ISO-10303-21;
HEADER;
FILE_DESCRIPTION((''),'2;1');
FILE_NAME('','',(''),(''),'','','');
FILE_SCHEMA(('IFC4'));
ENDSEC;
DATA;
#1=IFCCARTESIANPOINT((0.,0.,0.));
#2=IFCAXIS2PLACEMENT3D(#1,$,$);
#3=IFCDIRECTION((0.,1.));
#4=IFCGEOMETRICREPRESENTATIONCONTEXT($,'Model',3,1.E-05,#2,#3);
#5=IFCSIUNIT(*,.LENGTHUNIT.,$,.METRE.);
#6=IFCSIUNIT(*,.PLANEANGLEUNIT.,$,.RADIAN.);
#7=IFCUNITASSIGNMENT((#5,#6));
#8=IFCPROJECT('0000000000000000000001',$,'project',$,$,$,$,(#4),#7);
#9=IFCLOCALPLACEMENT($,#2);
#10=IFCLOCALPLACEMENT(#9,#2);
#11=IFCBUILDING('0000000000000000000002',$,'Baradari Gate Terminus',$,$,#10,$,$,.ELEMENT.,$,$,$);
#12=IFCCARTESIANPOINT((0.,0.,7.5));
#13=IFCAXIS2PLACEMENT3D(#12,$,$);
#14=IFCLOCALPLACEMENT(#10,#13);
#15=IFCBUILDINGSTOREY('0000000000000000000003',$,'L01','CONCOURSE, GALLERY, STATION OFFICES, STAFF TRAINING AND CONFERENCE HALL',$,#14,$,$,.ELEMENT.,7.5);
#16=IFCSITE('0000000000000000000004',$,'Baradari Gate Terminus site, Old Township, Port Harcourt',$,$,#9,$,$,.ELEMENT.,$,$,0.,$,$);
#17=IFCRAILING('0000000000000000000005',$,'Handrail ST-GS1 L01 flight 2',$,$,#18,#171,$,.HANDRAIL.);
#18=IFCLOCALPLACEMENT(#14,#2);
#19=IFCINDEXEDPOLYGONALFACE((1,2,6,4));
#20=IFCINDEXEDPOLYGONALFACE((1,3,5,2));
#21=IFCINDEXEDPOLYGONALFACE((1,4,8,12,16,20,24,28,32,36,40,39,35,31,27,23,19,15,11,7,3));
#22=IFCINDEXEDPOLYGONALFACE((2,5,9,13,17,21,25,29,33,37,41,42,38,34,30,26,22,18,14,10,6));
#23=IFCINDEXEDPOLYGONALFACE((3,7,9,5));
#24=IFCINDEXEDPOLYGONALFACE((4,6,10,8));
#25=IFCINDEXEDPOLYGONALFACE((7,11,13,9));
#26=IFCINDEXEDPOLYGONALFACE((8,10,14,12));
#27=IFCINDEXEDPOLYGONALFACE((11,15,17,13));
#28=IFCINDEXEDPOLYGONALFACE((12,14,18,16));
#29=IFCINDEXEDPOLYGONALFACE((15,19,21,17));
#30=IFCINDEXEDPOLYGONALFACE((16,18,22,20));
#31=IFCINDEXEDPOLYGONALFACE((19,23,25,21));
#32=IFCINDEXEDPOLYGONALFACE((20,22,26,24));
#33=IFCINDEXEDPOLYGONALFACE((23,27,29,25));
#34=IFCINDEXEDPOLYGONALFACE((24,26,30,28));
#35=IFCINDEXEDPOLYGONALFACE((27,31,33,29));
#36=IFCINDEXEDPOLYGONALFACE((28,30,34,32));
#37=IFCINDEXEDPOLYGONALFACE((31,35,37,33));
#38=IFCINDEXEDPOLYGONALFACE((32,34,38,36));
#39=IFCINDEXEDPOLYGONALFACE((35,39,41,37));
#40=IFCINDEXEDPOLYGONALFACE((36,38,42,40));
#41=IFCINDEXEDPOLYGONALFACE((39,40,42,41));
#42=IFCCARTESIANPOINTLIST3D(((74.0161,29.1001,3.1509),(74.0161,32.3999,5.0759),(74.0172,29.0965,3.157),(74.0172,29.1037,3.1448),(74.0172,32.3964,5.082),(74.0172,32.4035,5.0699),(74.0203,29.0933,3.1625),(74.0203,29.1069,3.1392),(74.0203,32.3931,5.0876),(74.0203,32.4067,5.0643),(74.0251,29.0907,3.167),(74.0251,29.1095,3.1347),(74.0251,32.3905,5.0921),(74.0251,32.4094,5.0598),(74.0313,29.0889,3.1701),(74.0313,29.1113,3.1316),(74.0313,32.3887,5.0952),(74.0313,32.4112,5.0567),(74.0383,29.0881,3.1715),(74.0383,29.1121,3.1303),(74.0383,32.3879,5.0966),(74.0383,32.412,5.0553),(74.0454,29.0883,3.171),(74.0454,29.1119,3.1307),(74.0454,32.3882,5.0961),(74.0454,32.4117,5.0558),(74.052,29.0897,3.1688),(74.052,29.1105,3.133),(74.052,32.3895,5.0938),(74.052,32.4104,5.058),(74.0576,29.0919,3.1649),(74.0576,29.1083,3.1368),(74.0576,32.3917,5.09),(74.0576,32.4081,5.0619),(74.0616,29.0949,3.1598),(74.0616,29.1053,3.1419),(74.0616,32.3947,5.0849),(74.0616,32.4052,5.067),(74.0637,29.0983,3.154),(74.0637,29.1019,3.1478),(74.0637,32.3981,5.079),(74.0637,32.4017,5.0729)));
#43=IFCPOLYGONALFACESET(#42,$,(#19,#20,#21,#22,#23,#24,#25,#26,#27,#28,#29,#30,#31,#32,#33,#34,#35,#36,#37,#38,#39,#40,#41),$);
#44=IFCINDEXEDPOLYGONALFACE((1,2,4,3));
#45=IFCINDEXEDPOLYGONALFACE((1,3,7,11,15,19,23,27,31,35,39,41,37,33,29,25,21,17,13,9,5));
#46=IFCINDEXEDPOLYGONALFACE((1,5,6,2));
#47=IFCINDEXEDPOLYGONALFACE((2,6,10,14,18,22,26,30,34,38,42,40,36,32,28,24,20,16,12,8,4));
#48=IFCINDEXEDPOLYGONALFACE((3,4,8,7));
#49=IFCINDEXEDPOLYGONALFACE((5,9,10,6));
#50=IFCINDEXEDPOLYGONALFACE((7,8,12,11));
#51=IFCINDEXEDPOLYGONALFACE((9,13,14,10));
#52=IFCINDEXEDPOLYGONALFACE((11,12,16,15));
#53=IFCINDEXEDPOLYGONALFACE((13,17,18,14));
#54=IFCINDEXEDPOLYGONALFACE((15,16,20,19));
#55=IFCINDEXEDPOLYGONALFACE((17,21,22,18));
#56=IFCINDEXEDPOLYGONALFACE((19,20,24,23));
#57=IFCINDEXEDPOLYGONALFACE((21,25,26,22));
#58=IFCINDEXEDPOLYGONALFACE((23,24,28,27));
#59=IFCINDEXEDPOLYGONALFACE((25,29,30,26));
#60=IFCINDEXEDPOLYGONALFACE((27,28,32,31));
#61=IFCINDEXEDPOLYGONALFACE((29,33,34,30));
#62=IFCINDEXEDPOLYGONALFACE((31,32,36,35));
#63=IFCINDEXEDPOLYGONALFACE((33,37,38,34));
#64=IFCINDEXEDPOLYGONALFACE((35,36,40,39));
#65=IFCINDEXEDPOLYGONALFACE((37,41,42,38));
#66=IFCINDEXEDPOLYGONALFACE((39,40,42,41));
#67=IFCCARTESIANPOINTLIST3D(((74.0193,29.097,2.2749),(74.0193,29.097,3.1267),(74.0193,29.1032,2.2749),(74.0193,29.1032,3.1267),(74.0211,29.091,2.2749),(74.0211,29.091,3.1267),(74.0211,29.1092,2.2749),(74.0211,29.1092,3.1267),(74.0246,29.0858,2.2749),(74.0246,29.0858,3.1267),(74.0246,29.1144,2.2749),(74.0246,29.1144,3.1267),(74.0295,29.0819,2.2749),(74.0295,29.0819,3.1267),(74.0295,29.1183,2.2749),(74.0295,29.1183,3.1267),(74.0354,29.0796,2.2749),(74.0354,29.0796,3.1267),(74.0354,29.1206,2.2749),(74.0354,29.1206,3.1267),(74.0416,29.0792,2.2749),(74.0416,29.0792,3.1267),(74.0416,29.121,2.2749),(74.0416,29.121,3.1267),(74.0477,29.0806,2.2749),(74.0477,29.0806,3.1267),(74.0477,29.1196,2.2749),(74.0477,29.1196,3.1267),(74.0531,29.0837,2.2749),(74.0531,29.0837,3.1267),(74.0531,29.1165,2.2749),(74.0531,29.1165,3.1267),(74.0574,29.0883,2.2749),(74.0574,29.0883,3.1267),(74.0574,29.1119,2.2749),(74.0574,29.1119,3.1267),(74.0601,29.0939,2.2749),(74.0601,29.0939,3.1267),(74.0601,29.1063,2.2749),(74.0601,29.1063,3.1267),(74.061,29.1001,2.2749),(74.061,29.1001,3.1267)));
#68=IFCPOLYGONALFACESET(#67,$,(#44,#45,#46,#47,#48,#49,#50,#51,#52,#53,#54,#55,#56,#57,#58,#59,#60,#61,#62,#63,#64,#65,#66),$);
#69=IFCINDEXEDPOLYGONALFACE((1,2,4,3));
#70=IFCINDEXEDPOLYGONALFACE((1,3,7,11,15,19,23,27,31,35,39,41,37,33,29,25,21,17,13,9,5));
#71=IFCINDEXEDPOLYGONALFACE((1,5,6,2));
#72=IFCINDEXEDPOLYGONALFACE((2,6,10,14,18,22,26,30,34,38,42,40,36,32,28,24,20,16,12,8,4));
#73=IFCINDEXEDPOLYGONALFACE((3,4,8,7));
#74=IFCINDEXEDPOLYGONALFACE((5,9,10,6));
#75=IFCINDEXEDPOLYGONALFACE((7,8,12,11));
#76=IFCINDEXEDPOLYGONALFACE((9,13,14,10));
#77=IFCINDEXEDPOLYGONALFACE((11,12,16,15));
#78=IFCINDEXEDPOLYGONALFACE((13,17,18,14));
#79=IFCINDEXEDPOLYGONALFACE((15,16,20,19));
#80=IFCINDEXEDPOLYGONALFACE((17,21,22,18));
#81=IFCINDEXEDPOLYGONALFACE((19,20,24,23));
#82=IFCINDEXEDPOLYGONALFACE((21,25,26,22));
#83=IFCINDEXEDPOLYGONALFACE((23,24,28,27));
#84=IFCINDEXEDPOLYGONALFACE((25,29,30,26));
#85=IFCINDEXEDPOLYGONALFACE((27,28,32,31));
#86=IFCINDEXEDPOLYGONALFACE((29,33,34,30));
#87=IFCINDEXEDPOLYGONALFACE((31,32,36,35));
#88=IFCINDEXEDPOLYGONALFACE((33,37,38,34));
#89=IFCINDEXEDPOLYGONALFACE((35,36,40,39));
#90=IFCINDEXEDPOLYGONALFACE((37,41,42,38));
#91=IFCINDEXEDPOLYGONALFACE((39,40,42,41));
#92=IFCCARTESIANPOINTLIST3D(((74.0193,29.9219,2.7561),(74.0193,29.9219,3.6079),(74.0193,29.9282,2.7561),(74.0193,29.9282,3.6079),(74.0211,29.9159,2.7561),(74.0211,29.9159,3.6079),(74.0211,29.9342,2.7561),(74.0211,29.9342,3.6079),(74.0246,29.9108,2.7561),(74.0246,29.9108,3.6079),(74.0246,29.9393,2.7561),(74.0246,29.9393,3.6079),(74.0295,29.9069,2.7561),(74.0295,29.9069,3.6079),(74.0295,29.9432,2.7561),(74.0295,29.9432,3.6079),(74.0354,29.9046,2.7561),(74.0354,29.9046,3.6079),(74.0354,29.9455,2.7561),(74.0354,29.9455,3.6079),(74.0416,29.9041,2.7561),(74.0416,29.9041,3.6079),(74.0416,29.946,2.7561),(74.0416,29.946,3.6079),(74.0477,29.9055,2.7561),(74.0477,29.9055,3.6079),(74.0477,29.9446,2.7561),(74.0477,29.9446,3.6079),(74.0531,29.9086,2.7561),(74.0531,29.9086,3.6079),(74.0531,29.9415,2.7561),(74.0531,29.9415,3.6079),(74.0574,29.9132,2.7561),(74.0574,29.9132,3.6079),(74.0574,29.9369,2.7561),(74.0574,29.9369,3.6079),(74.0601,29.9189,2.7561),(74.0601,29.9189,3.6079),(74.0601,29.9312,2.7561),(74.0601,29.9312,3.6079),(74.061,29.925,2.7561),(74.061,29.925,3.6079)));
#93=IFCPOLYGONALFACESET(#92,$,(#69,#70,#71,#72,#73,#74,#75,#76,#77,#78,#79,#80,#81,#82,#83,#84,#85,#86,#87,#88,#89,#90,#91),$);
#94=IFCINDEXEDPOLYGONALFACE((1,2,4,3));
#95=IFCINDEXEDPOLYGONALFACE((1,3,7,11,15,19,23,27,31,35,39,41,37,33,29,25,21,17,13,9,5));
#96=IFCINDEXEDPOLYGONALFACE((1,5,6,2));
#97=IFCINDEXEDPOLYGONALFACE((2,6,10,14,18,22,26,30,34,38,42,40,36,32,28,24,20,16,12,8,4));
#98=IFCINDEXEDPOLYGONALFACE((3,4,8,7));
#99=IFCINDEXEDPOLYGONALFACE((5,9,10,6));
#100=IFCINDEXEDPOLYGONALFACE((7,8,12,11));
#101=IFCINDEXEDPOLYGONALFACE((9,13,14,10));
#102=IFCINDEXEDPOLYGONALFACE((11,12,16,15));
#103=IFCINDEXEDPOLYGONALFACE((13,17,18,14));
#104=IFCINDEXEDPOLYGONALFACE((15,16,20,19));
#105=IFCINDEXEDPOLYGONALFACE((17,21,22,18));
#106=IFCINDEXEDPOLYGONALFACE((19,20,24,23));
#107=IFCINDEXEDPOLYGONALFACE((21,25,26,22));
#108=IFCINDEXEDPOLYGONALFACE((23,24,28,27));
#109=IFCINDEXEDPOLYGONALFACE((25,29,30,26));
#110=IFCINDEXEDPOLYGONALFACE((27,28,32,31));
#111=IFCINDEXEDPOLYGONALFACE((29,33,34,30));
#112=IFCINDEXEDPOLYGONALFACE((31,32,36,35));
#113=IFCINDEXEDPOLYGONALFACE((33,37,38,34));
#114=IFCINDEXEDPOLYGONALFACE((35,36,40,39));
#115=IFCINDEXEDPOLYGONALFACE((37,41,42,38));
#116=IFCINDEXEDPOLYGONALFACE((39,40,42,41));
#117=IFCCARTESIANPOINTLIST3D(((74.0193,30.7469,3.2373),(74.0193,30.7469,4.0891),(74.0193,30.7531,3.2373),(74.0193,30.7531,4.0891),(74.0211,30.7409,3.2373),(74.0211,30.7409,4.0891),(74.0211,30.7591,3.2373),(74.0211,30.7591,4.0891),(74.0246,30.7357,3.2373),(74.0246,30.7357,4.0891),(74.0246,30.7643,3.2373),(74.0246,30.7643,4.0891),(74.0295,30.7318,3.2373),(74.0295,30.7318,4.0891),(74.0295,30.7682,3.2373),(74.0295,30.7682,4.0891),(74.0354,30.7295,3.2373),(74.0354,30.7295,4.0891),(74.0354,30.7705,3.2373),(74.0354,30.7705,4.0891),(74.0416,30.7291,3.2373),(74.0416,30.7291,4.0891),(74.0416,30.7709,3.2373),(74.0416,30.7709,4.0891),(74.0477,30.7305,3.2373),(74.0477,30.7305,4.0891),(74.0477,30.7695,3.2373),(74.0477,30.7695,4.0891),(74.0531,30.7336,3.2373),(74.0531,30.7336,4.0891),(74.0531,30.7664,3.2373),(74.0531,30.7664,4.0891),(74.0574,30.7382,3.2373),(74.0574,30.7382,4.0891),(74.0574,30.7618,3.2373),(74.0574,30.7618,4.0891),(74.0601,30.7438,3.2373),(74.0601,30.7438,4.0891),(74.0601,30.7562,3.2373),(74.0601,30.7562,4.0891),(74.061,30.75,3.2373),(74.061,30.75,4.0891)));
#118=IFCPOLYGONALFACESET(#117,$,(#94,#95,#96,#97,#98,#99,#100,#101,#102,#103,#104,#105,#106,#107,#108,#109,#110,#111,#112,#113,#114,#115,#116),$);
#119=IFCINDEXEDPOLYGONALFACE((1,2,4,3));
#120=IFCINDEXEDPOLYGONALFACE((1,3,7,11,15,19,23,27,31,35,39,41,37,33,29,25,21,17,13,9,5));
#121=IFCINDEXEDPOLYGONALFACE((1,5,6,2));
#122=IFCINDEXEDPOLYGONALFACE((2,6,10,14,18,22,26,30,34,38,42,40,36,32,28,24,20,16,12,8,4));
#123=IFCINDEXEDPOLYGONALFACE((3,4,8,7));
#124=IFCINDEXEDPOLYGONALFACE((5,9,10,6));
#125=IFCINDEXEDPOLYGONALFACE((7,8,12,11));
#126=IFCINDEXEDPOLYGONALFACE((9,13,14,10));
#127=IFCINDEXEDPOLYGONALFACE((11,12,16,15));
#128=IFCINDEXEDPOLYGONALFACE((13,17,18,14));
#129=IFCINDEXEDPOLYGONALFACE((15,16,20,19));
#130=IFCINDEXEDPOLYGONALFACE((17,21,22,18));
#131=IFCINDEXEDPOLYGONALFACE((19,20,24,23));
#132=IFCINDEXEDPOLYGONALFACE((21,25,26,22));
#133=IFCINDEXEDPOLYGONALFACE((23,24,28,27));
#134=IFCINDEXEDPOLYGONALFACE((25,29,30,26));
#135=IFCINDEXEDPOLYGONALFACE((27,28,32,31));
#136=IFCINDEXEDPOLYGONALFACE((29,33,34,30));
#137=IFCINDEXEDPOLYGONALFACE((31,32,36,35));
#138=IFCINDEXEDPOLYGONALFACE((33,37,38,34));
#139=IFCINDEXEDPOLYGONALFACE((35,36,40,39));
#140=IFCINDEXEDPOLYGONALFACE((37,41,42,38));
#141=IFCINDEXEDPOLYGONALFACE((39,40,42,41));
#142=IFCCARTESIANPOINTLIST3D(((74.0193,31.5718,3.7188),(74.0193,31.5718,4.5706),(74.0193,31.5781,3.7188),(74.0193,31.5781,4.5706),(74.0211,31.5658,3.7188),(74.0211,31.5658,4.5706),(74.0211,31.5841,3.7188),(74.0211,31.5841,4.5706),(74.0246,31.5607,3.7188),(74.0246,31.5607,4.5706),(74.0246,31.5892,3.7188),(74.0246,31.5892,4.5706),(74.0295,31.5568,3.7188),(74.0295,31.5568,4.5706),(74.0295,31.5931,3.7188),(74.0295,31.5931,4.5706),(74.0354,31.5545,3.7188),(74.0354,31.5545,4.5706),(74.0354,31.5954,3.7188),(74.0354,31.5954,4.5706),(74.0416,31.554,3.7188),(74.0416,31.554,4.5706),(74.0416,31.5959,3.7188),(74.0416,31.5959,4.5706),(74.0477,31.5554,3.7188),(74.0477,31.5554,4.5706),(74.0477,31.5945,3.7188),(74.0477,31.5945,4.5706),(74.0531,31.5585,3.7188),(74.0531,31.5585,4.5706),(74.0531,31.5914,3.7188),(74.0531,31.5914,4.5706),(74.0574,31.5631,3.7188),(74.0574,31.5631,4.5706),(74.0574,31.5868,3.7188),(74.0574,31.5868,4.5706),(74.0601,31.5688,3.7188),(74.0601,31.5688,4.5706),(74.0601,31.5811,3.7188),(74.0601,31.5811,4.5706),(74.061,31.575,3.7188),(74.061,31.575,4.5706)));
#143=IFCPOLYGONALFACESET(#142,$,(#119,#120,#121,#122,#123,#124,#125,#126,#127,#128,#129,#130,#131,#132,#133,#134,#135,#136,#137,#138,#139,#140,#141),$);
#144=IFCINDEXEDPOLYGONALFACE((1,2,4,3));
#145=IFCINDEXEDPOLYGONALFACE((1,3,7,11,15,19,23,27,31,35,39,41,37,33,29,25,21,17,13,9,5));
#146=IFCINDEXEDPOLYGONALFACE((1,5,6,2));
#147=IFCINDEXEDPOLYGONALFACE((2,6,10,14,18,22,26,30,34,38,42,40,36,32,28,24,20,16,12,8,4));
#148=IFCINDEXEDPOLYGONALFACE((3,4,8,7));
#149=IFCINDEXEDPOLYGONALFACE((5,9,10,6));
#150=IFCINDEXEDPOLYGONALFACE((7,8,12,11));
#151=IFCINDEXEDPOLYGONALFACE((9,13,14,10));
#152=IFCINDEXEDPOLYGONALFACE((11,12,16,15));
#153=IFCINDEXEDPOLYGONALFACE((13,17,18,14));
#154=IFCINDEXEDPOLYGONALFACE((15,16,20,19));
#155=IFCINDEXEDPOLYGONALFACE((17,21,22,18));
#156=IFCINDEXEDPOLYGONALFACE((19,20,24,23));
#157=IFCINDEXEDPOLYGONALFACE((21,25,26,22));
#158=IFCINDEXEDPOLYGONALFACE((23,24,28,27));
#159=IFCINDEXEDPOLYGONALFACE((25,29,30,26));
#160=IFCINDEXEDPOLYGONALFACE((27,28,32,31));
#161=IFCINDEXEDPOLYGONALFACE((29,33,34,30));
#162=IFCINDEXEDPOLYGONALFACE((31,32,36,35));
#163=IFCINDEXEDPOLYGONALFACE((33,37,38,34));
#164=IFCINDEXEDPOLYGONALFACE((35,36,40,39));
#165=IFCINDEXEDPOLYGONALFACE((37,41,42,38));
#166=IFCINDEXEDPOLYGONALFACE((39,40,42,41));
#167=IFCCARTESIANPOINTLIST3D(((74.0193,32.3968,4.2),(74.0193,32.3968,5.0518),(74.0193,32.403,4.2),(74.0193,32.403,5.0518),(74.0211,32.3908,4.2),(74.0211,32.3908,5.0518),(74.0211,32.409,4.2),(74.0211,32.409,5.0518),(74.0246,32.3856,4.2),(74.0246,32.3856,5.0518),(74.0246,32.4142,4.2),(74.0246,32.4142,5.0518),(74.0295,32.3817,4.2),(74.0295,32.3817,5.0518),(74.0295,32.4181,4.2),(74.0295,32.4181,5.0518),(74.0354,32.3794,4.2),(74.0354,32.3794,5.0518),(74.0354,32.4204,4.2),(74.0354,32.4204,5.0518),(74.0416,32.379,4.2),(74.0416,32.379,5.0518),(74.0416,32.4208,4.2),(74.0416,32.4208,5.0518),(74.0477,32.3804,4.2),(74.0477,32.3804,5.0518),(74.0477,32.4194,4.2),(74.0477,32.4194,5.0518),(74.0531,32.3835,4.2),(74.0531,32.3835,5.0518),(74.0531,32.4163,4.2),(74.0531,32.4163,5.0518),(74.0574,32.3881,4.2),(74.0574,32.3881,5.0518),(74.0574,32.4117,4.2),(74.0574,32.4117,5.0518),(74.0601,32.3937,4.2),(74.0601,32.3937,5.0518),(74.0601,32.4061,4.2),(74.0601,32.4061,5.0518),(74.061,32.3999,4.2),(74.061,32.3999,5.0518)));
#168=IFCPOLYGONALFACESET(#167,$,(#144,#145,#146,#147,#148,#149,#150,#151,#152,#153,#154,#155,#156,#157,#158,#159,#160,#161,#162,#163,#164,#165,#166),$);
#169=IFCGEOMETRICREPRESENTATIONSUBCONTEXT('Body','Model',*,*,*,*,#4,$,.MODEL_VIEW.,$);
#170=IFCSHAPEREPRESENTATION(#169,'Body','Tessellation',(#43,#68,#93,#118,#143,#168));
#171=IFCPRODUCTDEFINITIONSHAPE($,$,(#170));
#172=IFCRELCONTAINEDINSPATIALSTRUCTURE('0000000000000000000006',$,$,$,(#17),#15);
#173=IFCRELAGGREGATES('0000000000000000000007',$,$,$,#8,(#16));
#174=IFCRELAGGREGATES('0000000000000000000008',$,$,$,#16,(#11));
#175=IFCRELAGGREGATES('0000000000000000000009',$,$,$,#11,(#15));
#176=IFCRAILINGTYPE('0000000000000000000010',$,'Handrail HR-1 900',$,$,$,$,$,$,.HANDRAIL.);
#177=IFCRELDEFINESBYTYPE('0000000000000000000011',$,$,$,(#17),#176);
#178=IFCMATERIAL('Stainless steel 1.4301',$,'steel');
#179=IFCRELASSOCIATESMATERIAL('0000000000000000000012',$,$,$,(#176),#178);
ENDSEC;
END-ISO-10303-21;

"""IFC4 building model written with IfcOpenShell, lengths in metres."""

from ifc_helpers import new_model, si_unit, direction, frame, origin, origin_2d, place, context, subcontext, project, spatial, circle, extrude, material, type_object, element, save


model = new_model("IFC4")

# Units and contexts
model_context = context("Model", 3, precision=1e-05, world=origin(), true_north=direction((0.0, 1.0)))
body_context = subcontext(model_context, "Body", "Model", "MODEL_VIEW")
ifc_project = project(units=[si_unit("LENGTHUNIT", "METRE"), si_unit("PLANEANGLEUNIT", "RADIAN")], contexts=[model_context])

# Site, building, storey
site_placement = place(None, origin())
site = spatial("IfcSite", under=ifc_project, at=site_placement, Name="Baradari Gate Terminus site, Old Township, Port Harcourt", CompositionType="ELEMENT", RefElevation=0.0)
building_placement = place(site_placement, origin())
building = spatial("IfcBuilding", under=site, at=building_placement, Name="Baradari Gate Terminus", CompositionType="ELEMENT")
storey_placement = place(building_placement, frame((0.0, 0.0, 7.5)))
storey = spatial("IfcBuildingStorey", under=building, at=storey_placement, Name="L01", Description="CONCOURSE, GALLERY, STATION OFFICES, STAFF TRAINING AND CONFERENCE HALL", CompositionType="ELEMENT", Elevation=7.5)

# Railing
ifc_material_1 = material(Name="Stainless steel 1.4301", Category="steel")
railing_type = type_object("IfcRailingType", Name="Handrail HR-1 900", PredefinedType="HANDRAIL", material=ifc_material_1)
railing_placement = place(storey_placement, frame((74.04, 29.1001, 2.2749)))
element("IfcRailing", 1, at=railing_placement, inside=storey, type_object=railing_type, Name="Handrail ST-GS1 L01 flight 2", PredefinedType="HANDRAIL", context=body_context, shape_type="SweptSolid", body=[
    extrude(circle(Radius=0.0239, at=origin_2d()), frame((0.0, 0.0, 0.876), z_axis=(0.0, 0.86376, 0.503903), x_axis=(-1.0, 0.0, 0.0)), (0.0, 0.0, 1.0), 3.8203),
    extrude(circle(Radius=0.021, at=origin_2d()), origin(), (0.0, 0.0, 1.0), 0.8518),
    extrude(circle(Radius=0.021, at=origin_2d()), frame((0.0, 0.825, 0.4812)), (0.0, 0.0, 1.0), 0.8518),
    extrude(circle(Radius=0.021, at=origin_2d()), frame((0.0, 1.6499, 0.9624)), (0.0, 0.0, 1.0), 0.8518),
    extrude(circle(Radius=0.021, at=origin_2d()), frame((0.0, 2.4749, 1.4438)), (0.0, 0.0, 1.0), 0.8518),
    extrude(circle(Radius=0.021, at=origin_2d()), frame((0.0, 3.2998, 1.925)), (0.0, 0.0, 1.0), 0.8518),
])

save(model, "model.ifc")
